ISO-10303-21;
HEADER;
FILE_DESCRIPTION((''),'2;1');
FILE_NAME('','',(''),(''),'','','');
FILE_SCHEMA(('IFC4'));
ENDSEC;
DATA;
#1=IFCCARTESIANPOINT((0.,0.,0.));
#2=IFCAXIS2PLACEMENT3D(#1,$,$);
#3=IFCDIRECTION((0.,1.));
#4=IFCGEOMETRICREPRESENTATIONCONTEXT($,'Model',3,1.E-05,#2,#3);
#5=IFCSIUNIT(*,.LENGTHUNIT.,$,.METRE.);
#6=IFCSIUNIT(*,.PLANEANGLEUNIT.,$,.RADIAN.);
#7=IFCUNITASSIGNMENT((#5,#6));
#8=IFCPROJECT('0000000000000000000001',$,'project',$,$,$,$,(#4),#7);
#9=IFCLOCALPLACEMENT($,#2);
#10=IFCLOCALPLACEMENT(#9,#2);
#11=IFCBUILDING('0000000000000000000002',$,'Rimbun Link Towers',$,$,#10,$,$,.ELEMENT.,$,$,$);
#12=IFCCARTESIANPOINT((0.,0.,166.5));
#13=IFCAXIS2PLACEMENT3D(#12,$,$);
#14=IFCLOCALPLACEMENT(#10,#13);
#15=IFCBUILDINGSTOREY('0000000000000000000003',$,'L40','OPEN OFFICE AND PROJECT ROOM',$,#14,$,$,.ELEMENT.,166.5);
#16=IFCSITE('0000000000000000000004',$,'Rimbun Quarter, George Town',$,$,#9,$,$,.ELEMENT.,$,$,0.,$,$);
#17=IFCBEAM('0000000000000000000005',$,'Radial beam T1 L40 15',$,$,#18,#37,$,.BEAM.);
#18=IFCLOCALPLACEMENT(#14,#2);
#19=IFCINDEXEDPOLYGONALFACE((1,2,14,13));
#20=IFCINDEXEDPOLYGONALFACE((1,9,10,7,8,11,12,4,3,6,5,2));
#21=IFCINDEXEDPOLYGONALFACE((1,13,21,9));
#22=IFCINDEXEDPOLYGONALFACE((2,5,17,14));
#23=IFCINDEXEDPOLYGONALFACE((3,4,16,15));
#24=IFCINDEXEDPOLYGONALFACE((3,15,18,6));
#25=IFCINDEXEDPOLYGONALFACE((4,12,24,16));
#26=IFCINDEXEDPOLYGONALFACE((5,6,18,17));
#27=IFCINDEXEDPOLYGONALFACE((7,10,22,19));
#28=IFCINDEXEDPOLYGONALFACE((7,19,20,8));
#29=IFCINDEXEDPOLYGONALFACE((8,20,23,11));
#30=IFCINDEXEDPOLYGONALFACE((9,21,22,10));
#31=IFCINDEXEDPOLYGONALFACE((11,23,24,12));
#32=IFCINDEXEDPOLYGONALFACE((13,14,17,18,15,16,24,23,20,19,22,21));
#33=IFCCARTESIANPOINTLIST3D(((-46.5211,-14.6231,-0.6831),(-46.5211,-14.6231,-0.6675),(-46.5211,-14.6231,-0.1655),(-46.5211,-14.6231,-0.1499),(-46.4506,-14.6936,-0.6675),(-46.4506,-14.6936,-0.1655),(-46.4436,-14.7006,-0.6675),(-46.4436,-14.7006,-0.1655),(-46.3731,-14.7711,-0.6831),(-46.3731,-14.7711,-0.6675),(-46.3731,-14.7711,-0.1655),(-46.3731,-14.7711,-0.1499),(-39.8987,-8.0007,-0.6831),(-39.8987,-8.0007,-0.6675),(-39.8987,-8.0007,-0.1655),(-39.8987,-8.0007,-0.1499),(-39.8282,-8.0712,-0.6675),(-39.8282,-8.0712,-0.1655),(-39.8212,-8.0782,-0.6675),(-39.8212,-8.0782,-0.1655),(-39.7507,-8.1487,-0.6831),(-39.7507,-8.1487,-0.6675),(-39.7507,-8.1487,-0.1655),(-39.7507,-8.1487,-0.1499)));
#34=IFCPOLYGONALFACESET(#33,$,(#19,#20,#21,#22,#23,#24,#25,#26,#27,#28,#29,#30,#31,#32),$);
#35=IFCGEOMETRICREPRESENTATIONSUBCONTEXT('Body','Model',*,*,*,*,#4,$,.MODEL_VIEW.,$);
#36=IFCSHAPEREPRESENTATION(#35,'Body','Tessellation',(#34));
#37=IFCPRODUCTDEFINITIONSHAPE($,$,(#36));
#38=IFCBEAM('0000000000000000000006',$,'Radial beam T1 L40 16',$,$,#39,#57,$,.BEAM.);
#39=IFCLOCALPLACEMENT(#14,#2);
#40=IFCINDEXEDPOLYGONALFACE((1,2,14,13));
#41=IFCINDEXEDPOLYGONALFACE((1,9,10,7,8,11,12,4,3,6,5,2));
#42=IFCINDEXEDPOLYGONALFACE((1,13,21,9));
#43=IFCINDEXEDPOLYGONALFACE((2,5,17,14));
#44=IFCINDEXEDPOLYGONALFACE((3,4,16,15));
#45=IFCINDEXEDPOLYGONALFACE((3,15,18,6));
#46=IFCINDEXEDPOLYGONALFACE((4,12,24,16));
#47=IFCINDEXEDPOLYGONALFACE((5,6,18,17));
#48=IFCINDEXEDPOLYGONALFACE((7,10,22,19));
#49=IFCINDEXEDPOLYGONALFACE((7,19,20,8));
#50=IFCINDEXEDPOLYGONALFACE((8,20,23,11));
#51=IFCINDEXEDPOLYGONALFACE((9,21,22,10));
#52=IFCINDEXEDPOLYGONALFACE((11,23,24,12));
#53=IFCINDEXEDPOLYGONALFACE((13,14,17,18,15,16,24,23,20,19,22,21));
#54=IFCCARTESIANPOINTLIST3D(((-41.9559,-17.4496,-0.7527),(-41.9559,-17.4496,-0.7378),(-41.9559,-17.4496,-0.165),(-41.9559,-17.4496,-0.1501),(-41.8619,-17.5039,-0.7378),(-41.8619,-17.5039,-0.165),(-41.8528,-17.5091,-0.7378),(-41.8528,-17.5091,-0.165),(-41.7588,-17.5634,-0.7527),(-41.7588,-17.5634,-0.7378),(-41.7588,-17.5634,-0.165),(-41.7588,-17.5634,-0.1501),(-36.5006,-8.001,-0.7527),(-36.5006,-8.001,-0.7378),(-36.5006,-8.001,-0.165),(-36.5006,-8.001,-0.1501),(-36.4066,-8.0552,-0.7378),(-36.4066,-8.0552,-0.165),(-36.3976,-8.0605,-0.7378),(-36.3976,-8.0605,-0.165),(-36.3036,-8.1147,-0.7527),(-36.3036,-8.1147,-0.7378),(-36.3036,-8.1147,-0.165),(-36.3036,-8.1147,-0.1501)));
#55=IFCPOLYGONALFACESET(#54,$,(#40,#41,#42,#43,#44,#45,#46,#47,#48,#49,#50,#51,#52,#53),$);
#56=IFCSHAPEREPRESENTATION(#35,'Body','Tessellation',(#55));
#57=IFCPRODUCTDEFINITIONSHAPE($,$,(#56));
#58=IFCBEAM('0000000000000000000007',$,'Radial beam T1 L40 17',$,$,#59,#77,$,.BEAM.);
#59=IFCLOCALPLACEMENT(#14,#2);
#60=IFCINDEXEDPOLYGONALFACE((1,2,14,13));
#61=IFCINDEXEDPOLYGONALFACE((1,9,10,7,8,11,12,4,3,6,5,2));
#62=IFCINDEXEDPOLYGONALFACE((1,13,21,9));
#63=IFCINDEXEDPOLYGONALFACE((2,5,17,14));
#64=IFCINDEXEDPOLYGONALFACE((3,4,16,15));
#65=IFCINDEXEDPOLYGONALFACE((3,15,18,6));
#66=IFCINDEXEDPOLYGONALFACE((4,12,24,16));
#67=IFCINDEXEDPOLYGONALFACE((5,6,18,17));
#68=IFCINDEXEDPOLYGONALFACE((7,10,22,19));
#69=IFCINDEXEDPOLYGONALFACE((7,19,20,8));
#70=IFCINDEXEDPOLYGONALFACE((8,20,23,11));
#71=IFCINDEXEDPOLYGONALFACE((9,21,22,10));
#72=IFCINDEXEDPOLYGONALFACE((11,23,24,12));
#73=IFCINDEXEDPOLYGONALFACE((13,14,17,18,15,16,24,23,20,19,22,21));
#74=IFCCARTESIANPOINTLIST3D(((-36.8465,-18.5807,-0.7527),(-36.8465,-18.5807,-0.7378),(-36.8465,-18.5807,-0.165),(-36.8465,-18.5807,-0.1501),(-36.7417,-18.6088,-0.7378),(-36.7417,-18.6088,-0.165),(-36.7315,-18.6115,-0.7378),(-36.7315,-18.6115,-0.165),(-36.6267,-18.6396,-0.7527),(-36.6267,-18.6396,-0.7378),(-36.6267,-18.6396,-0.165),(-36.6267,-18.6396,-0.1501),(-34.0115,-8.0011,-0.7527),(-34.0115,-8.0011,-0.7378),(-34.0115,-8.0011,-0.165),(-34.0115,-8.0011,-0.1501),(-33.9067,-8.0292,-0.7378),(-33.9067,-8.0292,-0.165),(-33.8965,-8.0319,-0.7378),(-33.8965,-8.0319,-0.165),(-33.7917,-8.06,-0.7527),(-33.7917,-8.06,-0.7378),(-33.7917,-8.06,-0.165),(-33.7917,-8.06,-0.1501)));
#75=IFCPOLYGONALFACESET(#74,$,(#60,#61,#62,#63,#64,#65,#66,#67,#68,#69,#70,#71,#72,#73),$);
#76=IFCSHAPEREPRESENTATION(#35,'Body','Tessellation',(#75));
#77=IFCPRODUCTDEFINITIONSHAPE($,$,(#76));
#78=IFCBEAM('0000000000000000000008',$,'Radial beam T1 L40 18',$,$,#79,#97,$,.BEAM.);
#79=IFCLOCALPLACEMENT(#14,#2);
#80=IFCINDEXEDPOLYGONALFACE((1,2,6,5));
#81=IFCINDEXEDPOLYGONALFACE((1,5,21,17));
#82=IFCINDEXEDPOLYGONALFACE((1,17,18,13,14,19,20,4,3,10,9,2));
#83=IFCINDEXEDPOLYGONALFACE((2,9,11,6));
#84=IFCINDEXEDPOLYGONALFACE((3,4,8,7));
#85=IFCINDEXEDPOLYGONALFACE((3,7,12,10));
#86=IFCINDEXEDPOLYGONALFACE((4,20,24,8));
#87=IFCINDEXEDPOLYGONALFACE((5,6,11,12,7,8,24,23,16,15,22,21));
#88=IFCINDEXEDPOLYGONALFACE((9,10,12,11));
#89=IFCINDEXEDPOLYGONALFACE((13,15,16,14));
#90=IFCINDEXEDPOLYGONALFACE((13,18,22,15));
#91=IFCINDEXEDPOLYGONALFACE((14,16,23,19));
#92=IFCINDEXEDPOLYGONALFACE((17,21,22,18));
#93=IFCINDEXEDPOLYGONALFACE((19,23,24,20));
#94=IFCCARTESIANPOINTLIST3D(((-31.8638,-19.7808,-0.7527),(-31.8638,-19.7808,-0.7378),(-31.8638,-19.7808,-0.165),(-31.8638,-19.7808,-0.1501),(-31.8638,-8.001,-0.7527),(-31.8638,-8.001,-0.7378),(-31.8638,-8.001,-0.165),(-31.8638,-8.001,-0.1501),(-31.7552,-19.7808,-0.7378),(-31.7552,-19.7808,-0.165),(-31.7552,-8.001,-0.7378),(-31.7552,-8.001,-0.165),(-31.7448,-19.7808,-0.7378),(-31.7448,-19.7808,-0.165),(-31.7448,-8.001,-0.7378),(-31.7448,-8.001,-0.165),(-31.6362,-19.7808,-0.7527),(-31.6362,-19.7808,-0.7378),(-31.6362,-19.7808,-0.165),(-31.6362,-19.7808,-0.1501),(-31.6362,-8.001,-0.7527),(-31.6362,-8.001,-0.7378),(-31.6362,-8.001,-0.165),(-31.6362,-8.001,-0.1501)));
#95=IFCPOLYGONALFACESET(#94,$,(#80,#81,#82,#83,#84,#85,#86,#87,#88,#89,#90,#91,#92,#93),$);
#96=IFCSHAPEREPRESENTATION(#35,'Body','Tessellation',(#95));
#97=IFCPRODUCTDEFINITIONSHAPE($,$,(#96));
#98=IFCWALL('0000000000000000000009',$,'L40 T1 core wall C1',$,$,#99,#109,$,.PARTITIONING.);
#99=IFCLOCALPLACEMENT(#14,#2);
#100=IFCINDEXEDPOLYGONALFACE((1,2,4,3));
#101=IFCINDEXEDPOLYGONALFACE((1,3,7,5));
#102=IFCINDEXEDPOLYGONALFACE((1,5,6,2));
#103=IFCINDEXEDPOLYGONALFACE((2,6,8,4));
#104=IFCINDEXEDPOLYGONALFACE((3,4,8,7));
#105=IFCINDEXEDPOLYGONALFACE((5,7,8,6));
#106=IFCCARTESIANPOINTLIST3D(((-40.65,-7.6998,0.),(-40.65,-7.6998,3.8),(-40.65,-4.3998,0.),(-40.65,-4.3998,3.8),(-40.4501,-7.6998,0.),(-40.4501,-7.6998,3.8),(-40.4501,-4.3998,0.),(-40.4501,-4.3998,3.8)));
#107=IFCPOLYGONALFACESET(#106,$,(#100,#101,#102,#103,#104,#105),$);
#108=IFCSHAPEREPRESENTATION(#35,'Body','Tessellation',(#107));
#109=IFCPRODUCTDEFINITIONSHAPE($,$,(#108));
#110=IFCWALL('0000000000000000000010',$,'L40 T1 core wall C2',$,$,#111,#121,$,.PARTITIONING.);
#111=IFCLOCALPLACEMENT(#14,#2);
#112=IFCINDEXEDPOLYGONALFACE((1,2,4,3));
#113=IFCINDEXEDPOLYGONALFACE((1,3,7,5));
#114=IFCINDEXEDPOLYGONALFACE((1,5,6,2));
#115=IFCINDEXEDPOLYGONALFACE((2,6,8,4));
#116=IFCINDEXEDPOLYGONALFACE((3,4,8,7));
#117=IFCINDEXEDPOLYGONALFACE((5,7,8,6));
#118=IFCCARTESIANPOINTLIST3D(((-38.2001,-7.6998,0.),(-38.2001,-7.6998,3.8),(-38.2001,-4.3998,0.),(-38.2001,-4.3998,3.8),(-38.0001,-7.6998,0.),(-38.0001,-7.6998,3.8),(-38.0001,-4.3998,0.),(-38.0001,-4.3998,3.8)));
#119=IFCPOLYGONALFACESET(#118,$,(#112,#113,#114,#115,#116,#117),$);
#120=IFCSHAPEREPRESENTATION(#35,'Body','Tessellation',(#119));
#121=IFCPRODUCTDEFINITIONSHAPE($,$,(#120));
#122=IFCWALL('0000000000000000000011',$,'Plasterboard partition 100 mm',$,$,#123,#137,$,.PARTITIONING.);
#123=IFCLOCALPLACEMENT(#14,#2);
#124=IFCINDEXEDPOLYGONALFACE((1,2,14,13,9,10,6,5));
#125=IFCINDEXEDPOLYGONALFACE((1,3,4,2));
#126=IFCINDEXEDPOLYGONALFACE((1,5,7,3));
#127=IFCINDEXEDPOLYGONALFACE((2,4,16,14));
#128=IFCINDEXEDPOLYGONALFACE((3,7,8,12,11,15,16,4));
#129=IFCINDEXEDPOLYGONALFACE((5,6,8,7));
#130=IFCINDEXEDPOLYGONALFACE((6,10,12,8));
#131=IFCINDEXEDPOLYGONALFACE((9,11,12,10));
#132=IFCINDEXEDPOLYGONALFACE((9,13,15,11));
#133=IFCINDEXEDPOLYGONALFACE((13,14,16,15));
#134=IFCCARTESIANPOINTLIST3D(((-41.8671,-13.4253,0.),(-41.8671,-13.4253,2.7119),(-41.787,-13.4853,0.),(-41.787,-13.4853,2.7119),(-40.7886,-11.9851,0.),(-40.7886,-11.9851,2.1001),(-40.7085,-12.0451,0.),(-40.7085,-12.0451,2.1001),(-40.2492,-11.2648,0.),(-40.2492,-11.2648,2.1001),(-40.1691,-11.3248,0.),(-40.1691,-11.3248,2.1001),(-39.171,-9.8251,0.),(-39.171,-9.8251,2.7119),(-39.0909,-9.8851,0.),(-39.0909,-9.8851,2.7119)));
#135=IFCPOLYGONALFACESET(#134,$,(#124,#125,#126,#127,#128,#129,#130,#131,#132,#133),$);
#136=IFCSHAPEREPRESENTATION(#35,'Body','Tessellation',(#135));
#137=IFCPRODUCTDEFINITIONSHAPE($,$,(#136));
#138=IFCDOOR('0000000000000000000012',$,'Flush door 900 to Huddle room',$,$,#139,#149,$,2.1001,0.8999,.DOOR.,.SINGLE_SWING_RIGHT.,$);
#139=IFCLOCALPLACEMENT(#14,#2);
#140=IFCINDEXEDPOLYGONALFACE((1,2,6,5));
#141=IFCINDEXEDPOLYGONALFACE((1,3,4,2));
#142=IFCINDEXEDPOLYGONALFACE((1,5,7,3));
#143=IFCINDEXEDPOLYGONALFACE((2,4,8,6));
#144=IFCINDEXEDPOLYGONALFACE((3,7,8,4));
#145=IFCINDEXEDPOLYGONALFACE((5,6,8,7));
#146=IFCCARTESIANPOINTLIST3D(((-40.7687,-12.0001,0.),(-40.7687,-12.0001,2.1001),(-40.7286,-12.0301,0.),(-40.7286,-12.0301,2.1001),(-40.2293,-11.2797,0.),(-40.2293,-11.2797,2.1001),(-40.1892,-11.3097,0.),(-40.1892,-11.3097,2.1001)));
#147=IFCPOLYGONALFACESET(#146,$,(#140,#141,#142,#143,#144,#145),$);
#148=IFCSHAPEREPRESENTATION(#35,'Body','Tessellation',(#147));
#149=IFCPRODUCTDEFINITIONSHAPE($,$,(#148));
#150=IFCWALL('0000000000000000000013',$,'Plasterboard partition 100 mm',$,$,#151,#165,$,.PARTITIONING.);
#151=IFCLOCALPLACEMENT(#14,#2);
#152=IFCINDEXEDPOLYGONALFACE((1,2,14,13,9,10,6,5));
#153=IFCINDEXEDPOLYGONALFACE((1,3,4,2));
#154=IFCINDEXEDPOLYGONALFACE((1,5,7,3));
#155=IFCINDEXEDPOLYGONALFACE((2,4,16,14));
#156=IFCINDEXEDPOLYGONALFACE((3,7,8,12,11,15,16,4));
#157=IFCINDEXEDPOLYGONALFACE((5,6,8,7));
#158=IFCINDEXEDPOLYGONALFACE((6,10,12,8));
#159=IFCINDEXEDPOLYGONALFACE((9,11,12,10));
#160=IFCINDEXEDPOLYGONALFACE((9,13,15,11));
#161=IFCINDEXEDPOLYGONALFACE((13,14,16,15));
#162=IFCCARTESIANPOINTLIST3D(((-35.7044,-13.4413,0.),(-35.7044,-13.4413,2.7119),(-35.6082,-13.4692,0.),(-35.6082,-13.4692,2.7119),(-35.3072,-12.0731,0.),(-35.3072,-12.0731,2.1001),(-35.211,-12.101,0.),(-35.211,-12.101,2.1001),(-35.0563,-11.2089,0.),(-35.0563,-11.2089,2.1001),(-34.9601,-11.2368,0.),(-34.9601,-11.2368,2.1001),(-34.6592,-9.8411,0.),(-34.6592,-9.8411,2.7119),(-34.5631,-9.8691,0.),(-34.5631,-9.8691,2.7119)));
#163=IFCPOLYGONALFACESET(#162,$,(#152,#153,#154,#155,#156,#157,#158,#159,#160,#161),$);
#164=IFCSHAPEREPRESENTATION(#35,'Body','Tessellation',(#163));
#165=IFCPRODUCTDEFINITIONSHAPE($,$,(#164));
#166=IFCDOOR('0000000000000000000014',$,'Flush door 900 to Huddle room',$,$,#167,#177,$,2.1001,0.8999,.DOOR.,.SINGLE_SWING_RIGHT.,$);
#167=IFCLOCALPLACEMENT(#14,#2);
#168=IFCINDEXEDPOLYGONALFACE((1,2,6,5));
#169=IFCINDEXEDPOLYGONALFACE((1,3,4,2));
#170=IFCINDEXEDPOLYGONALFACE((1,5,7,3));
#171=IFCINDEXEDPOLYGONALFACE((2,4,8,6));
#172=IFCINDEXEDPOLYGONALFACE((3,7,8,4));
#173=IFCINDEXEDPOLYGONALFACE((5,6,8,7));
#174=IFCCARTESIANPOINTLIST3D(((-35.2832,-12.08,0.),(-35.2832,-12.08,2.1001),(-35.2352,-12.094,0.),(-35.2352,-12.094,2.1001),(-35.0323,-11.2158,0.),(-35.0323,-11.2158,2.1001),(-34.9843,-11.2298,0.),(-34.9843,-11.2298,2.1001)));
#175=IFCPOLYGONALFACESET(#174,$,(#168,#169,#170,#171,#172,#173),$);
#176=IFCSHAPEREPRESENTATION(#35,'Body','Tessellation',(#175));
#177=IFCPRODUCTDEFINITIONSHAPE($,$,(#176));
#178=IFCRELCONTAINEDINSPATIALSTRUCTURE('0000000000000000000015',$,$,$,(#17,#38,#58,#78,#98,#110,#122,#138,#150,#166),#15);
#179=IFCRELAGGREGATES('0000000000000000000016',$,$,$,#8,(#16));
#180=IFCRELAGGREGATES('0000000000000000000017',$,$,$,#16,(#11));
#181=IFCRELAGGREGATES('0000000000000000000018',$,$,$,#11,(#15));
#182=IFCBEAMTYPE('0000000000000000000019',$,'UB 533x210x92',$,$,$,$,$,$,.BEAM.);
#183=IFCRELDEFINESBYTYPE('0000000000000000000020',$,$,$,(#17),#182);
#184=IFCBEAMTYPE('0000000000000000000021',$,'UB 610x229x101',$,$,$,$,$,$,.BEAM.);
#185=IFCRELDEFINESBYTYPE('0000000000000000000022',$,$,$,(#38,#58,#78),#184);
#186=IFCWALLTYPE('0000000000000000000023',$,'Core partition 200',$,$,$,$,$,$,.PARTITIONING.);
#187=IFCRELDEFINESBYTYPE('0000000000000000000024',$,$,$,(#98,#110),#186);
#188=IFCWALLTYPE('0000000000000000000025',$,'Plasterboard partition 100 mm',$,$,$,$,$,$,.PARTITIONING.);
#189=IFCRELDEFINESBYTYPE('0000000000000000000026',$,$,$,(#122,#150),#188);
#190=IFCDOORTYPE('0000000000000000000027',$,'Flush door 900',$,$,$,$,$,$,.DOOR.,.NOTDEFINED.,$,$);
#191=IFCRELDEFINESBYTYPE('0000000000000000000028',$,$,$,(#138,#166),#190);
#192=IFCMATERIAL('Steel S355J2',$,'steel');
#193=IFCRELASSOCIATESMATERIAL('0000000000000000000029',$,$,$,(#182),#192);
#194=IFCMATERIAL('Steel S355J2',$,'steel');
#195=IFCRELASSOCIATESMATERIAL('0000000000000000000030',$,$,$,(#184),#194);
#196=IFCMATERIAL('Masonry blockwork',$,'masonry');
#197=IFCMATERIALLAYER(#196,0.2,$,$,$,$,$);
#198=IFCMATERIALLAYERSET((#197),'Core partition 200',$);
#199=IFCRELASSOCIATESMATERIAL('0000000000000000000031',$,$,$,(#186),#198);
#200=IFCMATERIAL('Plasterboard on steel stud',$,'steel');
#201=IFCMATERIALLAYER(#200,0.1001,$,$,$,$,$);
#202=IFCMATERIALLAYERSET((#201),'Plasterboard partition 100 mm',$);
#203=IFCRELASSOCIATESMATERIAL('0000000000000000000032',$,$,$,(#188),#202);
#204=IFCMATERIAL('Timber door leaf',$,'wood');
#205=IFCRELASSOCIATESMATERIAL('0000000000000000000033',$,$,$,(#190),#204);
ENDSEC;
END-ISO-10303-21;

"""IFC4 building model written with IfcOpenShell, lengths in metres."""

from ifc_helpers import new_model, si_unit, direction, frame, frame_2d, origin, origin_2d, place, context, subcontext, project, spatial, rectangle, i_section, extrude, material, layer, layer_set, material_profile, profile_set, type_object, element, fill, save


model = new_model("IFC4")

# Units and contexts
model_context = context("Model", 3, precision=1e-05, world=origin(), true_north=direction((0.0, 1.0)))
body_context = subcontext(model_context, "Body", "Model", "MODEL_VIEW")
ifc_project = project(units=[si_unit("LENGTHUNIT", "METRE"), si_unit("PLANEANGLEUNIT", "RADIAN")], contexts=[model_context])

# Site, building, storey
site_placement = place(None, origin())
site = spatial("IfcSite", under=ifc_project, at=site_placement, Name="Rimbun Quarter, George Town", CompositionType="ELEMENT", RefElevation=0.0)
building_placement = place(site_placement, origin())
building = spatial("IfcBuilding", under=site, at=building_placement, Name="Rimbun Link Towers", CompositionType="ELEMENT")
storey_placement = place(building_placement, frame((0.0, 0.0, 166.5)))
storey = spatial("IfcBuildingStorey", under=building, at=storey_placement, Name="L40", Description="OPEN OFFICE AND PROJECT ROOM", CompositionType="ELEMENT", Elevation=166.5)

# Beams
ifc_material_1 = material(Name="Steel S355J2", Category="steel")
ifc_material_profile_1 = material_profile(ifc_material_1, i_section(OverallWidth=0.2092, OverallDepth=0.5332, WebThickness=0.01, FlangeThickness=0.0156, at=origin_2d()), Name="UB 533x210x92")
ifc_profile_set_1 = profile_set([ifc_material_profile_1], Name="Steel S355J2")
beam_type_1 = type_object("IfcBeamType", Name="UB 533x210x92", PredefinedType="BEAM", material=ifc_profile_set_1)
beam_1_placement = place(storey_placement, frame((-39.8247, -8.0747, -0.4165), z_axis=(-0.707107, -0.707107, 0.0), x_axis=(0.707107, -0.707107, 0.0)))
element("IfcBeam", 1, at=beam_1_placement, inside=storey, type_object=beam_type_1, Name="Radial beam T1 L40 15", PredefinedType="BEAM", context=body_context, shape_type="SweptSolid", body=[
    extrude(i_section(OverallWidth=0.2092, OverallDepth=0.5332, WebThickness=0.01, FlangeThickness=0.0156, at=origin_2d()), origin(), (0.0, 0.0, 1.0), 9.3655),
])
ifc_material_2 = material(Name="Steel S355J2", Category="steel")
ifc_material_profile_2 = material_profile(ifc_material_2, i_section(OverallWidth=0.2275, OverallDepth=0.6025, WebThickness=0.0105, FlangeThickness=0.0149, at=origin_2d()), Name="UB 610x229x101")
ifc_profile_set_2 = profile_set([ifc_material_profile_2], Name="Steel S355J2")
beam_type_2 = type_object("IfcBeamType", Name="UB 610x229x101", PredefinedType="BEAM", material=ifc_profile_set_2)
beam_2_placement = place(storey_placement, frame((-36.4021, -8.0579, -0.4514), z_axis=(-0.500007, -0.866022, 0.0), x_axis=(0.866022, -0.500007, 0.0)))
element("IfcBeam", 2, at=beam_2_placement, inside=storey, type_object=beam_type_2, Name="Radial beam T1 L40 16", PredefinedType="BEAM", context=body_context, shape_type="SweptSolid", body=[
    extrude(i_section(OverallWidth=0.2275, OverallDepth=0.6025, WebThickness=0.0105, FlangeThickness=0.0149, at=origin_2d()), origin(), (0.0, 0.0, 1.0), 10.9104),
])
beam_3_placement = place(storey_placement, frame((-33.9016, -8.0305, -0.4514), z_axis=(-0.258833, -0.965922, 0.0), x_axis=(0.965922, -0.258833, 0.0)))
element("IfcBeam", 3, at=beam_3_placement, inside=storey, type_object=beam_type_2, Name="Radial beam T1 L40 17", PredefinedType="BEAM", context=body_context, shape_type="SweptSolid", body=[
    extrude(i_section(OverallWidth=0.2275, OverallDepth=0.6025, WebThickness=0.0105, FlangeThickness=0.0149, at=origin_2d()), origin(), (0.0, 0.0, 1.0), 10.9529),
])
beam_4_placement = place(storey_placement, frame((-31.75, -8.001, -0.4514), z_axis=(0.0, -1.0, 0.0), x_axis=(1.0, 0.0, 0.0)))
element("IfcBeam", 4, at=beam_4_placement, inside=storey, type_object=beam_type_2, Name="Radial beam T1 L40 18", PredefinedType="BEAM", context=body_context, shape_type="SweptSolid", body=[
    extrude(i_section(OverallWidth=0.2275, OverallDepth=0.6025, WebThickness=0.0105, FlangeThickness=0.0149, at=origin_2d()), origin(), (0.0, 0.0, 1.0), 11.7798),
])

# Walls
ifc_material_3 = material(Name="Masonry blockwork", Category="masonry")
ifc_layer_1 = layer(ifc_material_3, 0.2)
ifc_layer_set_1 = layer_set([ifc_layer_1], Name="Core partition 200")
wall_type_1 = type_object("IfcWallType", Name="Core partition 200", PredefinedType="PARTITIONING", material=ifc_layer_set_1)
for number, where, z_axis, x_axis, name in (
    (5, (-40.55, -4.3999, 0.0), (0.0, 0.0, 1.0), (0.0, -1.0, 0.0), "L40 T1 core wall C1"),
    (6, (-38.1001, -4.3999, 0.0), (0.0, 0.0, 1.0), (0.0, -1.0, 0.0), "L40 T1 core wall C2"),
):
    element("IfcWall", number, at=place(storey_placement, frame(where, z_axis=z_axis, x_axis=x_axis)), inside=storey, type_object=wall_type_1, Name=name, PredefinedType="PARTITIONING", context=body_context, shape_type="SweptSolid", body=[
        extrude(rectangle(XDim=3.3, YDim=0.2, at=frame_2d((1.6499, 0.0))), origin(), (0.0, 0.0, 1.0), 3.8),
    ])

# Walls, openings, doors
ifc_material_4 = material(Name="Plasterboard on steel stud", Category="steel")
ifc_layer_2 = layer(ifc_material_4, 0.1001)
ifc_layer_set_2 = layer_set([ifc_layer_2], Name="Plasterboard partition 100 mm")
wall_type_2 = type_object("IfcWallType", Name="Plasterboard partition 100 mm", PredefinedType="PARTITIONING", material=ifc_layer_set_2)
wall_1_placement = place(storey_placement, frame((-39.1309, -9.855, 0.0), z_axis=(0.0, 0.0, 1.0), x_axis=(-0.599427, -0.80043, 0.0)))
wall_1 = element("IfcWall", 7, at=wall_1_placement, inside=storey, type_object=wall_type_2, Name="Plasterboard partition 100 mm", PredefinedType="PARTITIONING", context=body_context, shape_type="SweptSolid", body=[
    extrude(rectangle(XDim=4.4978, YDim=0.1001, at=frame_2d((2.249, 0.0))), origin(), (0.0, 0.0, 1.0), 2.7119),
])
opening_1_placement = place(wall_1_placement, frame((1.7988, 0.0, 0.0)))
opening_1 = element("IfcOpeningElement", 8, at=opening_1_placement, cuts=wall_1, PredefinedType="OPENING", context=body_context, shape_type="SweptSolid", body=[
    extrude(rectangle(XDim=0.8999, YDim=2.1001, at=frame_2d((0.45, 1.05))), frame((0.0, 0.0601, 0.0), z_axis=(0.0, -1.0, 0.0), x_axis=(1.0, 0.0, 0.0)), (0.0, 0.0, 1.0), 0.1201),
])
ifc_material_5 = material(Name="Timber door leaf", Category="wood")
door_type_1 = type_object("IfcDoorType", Name="Flush door 900", OperationType="NOTDEFINED", PredefinedType="DOOR", material=ifc_material_5)
door_1_placement = place(opening_1_placement, origin())
door_1 = element("IfcDoor", 9, at=door_1_placement, inside=storey, type_object=door_type_1, Name="Flush door 900 to Huddle room", OperationType="SINGLE_SWING_RIGHT", OverallHeight=2.1001, OverallWidth=0.8999, PredefinedType="DOOR", context=body_context, shape_type="SweptSolid", body=[
    extrude(rectangle(XDim=0.8999, YDim=2.1001, at=frame_2d((0.45, 1.05))), frame((0.0, 0.0249, 0.0), z_axis=(0.0, -1.0, 0.0), x_axis=(1.0, 0.0, 0.0)), (0.0, 0.0, 1.0), 0.05),
])
fill(opening_1, door_1)
wall_2_placement = place(storey_placement, frame((-34.6111, -9.855, 0.0), z_axis=(0.0, 0.0, 1.0), x_axis=(-0.278804, -0.960348, 0.0)))
wall_2 = element("IfcWall", 10, at=wall_2_placement, inside=storey, type_object=wall_type_2, Name="Plasterboard partition 100 mm", PredefinedType="PARTITIONING", context=body_context, shape_type="SweptSolid", body=[
    extrude(rectangle(XDim=3.7488, YDim=0.1001, at=frame_2d((1.8745, 0.0))), origin(), (0.0, 0.0, 1.0), 2.7119),
])
opening_2_placement = place(wall_2_placement, frame((1.4243, 0.0, 0.0)))
opening_2 = element("IfcOpeningElement", 11, at=opening_2_placement, cuts=wall_2, PredefinedType="OPENING", context=body_context, shape_type="SweptSolid", body=[
    extrude(rectangle(XDim=0.8999, YDim=2.1001, at=frame_2d((0.45, 1.05))), frame((0.0, 0.0601, 0.0), z_axis=(0.0, -1.0, 0.0), x_axis=(1.0, 0.0, 0.0)), (0.0, 0.0, 1.0), 0.1201),
])
door_2_placement = place(opening_2_placement, origin())
door_2 = element("IfcDoor", 12, at=door_2_placement, inside=storey, type_object=door_type_1, Name="Flush door 900 to Huddle room", OperationType="SINGLE_SWING_RIGHT", OverallHeight=2.1001, OverallWidth=0.8999, PredefinedType="DOOR", context=body_context, shape_type="SweptSolid", body=[
    extrude(rectangle(XDim=0.8999, YDim=2.1001, at=frame_2d((0.45, 1.05))), frame((0.0, 0.0249, 0.0), z_axis=(0.0, -1.0, 0.0), x_axis=(1.0, 0.0, 0.0)), (0.0, 0.0, 1.0), 0.05),
])
fill(opening_2, door_2)

save(model, "model.ifc")
